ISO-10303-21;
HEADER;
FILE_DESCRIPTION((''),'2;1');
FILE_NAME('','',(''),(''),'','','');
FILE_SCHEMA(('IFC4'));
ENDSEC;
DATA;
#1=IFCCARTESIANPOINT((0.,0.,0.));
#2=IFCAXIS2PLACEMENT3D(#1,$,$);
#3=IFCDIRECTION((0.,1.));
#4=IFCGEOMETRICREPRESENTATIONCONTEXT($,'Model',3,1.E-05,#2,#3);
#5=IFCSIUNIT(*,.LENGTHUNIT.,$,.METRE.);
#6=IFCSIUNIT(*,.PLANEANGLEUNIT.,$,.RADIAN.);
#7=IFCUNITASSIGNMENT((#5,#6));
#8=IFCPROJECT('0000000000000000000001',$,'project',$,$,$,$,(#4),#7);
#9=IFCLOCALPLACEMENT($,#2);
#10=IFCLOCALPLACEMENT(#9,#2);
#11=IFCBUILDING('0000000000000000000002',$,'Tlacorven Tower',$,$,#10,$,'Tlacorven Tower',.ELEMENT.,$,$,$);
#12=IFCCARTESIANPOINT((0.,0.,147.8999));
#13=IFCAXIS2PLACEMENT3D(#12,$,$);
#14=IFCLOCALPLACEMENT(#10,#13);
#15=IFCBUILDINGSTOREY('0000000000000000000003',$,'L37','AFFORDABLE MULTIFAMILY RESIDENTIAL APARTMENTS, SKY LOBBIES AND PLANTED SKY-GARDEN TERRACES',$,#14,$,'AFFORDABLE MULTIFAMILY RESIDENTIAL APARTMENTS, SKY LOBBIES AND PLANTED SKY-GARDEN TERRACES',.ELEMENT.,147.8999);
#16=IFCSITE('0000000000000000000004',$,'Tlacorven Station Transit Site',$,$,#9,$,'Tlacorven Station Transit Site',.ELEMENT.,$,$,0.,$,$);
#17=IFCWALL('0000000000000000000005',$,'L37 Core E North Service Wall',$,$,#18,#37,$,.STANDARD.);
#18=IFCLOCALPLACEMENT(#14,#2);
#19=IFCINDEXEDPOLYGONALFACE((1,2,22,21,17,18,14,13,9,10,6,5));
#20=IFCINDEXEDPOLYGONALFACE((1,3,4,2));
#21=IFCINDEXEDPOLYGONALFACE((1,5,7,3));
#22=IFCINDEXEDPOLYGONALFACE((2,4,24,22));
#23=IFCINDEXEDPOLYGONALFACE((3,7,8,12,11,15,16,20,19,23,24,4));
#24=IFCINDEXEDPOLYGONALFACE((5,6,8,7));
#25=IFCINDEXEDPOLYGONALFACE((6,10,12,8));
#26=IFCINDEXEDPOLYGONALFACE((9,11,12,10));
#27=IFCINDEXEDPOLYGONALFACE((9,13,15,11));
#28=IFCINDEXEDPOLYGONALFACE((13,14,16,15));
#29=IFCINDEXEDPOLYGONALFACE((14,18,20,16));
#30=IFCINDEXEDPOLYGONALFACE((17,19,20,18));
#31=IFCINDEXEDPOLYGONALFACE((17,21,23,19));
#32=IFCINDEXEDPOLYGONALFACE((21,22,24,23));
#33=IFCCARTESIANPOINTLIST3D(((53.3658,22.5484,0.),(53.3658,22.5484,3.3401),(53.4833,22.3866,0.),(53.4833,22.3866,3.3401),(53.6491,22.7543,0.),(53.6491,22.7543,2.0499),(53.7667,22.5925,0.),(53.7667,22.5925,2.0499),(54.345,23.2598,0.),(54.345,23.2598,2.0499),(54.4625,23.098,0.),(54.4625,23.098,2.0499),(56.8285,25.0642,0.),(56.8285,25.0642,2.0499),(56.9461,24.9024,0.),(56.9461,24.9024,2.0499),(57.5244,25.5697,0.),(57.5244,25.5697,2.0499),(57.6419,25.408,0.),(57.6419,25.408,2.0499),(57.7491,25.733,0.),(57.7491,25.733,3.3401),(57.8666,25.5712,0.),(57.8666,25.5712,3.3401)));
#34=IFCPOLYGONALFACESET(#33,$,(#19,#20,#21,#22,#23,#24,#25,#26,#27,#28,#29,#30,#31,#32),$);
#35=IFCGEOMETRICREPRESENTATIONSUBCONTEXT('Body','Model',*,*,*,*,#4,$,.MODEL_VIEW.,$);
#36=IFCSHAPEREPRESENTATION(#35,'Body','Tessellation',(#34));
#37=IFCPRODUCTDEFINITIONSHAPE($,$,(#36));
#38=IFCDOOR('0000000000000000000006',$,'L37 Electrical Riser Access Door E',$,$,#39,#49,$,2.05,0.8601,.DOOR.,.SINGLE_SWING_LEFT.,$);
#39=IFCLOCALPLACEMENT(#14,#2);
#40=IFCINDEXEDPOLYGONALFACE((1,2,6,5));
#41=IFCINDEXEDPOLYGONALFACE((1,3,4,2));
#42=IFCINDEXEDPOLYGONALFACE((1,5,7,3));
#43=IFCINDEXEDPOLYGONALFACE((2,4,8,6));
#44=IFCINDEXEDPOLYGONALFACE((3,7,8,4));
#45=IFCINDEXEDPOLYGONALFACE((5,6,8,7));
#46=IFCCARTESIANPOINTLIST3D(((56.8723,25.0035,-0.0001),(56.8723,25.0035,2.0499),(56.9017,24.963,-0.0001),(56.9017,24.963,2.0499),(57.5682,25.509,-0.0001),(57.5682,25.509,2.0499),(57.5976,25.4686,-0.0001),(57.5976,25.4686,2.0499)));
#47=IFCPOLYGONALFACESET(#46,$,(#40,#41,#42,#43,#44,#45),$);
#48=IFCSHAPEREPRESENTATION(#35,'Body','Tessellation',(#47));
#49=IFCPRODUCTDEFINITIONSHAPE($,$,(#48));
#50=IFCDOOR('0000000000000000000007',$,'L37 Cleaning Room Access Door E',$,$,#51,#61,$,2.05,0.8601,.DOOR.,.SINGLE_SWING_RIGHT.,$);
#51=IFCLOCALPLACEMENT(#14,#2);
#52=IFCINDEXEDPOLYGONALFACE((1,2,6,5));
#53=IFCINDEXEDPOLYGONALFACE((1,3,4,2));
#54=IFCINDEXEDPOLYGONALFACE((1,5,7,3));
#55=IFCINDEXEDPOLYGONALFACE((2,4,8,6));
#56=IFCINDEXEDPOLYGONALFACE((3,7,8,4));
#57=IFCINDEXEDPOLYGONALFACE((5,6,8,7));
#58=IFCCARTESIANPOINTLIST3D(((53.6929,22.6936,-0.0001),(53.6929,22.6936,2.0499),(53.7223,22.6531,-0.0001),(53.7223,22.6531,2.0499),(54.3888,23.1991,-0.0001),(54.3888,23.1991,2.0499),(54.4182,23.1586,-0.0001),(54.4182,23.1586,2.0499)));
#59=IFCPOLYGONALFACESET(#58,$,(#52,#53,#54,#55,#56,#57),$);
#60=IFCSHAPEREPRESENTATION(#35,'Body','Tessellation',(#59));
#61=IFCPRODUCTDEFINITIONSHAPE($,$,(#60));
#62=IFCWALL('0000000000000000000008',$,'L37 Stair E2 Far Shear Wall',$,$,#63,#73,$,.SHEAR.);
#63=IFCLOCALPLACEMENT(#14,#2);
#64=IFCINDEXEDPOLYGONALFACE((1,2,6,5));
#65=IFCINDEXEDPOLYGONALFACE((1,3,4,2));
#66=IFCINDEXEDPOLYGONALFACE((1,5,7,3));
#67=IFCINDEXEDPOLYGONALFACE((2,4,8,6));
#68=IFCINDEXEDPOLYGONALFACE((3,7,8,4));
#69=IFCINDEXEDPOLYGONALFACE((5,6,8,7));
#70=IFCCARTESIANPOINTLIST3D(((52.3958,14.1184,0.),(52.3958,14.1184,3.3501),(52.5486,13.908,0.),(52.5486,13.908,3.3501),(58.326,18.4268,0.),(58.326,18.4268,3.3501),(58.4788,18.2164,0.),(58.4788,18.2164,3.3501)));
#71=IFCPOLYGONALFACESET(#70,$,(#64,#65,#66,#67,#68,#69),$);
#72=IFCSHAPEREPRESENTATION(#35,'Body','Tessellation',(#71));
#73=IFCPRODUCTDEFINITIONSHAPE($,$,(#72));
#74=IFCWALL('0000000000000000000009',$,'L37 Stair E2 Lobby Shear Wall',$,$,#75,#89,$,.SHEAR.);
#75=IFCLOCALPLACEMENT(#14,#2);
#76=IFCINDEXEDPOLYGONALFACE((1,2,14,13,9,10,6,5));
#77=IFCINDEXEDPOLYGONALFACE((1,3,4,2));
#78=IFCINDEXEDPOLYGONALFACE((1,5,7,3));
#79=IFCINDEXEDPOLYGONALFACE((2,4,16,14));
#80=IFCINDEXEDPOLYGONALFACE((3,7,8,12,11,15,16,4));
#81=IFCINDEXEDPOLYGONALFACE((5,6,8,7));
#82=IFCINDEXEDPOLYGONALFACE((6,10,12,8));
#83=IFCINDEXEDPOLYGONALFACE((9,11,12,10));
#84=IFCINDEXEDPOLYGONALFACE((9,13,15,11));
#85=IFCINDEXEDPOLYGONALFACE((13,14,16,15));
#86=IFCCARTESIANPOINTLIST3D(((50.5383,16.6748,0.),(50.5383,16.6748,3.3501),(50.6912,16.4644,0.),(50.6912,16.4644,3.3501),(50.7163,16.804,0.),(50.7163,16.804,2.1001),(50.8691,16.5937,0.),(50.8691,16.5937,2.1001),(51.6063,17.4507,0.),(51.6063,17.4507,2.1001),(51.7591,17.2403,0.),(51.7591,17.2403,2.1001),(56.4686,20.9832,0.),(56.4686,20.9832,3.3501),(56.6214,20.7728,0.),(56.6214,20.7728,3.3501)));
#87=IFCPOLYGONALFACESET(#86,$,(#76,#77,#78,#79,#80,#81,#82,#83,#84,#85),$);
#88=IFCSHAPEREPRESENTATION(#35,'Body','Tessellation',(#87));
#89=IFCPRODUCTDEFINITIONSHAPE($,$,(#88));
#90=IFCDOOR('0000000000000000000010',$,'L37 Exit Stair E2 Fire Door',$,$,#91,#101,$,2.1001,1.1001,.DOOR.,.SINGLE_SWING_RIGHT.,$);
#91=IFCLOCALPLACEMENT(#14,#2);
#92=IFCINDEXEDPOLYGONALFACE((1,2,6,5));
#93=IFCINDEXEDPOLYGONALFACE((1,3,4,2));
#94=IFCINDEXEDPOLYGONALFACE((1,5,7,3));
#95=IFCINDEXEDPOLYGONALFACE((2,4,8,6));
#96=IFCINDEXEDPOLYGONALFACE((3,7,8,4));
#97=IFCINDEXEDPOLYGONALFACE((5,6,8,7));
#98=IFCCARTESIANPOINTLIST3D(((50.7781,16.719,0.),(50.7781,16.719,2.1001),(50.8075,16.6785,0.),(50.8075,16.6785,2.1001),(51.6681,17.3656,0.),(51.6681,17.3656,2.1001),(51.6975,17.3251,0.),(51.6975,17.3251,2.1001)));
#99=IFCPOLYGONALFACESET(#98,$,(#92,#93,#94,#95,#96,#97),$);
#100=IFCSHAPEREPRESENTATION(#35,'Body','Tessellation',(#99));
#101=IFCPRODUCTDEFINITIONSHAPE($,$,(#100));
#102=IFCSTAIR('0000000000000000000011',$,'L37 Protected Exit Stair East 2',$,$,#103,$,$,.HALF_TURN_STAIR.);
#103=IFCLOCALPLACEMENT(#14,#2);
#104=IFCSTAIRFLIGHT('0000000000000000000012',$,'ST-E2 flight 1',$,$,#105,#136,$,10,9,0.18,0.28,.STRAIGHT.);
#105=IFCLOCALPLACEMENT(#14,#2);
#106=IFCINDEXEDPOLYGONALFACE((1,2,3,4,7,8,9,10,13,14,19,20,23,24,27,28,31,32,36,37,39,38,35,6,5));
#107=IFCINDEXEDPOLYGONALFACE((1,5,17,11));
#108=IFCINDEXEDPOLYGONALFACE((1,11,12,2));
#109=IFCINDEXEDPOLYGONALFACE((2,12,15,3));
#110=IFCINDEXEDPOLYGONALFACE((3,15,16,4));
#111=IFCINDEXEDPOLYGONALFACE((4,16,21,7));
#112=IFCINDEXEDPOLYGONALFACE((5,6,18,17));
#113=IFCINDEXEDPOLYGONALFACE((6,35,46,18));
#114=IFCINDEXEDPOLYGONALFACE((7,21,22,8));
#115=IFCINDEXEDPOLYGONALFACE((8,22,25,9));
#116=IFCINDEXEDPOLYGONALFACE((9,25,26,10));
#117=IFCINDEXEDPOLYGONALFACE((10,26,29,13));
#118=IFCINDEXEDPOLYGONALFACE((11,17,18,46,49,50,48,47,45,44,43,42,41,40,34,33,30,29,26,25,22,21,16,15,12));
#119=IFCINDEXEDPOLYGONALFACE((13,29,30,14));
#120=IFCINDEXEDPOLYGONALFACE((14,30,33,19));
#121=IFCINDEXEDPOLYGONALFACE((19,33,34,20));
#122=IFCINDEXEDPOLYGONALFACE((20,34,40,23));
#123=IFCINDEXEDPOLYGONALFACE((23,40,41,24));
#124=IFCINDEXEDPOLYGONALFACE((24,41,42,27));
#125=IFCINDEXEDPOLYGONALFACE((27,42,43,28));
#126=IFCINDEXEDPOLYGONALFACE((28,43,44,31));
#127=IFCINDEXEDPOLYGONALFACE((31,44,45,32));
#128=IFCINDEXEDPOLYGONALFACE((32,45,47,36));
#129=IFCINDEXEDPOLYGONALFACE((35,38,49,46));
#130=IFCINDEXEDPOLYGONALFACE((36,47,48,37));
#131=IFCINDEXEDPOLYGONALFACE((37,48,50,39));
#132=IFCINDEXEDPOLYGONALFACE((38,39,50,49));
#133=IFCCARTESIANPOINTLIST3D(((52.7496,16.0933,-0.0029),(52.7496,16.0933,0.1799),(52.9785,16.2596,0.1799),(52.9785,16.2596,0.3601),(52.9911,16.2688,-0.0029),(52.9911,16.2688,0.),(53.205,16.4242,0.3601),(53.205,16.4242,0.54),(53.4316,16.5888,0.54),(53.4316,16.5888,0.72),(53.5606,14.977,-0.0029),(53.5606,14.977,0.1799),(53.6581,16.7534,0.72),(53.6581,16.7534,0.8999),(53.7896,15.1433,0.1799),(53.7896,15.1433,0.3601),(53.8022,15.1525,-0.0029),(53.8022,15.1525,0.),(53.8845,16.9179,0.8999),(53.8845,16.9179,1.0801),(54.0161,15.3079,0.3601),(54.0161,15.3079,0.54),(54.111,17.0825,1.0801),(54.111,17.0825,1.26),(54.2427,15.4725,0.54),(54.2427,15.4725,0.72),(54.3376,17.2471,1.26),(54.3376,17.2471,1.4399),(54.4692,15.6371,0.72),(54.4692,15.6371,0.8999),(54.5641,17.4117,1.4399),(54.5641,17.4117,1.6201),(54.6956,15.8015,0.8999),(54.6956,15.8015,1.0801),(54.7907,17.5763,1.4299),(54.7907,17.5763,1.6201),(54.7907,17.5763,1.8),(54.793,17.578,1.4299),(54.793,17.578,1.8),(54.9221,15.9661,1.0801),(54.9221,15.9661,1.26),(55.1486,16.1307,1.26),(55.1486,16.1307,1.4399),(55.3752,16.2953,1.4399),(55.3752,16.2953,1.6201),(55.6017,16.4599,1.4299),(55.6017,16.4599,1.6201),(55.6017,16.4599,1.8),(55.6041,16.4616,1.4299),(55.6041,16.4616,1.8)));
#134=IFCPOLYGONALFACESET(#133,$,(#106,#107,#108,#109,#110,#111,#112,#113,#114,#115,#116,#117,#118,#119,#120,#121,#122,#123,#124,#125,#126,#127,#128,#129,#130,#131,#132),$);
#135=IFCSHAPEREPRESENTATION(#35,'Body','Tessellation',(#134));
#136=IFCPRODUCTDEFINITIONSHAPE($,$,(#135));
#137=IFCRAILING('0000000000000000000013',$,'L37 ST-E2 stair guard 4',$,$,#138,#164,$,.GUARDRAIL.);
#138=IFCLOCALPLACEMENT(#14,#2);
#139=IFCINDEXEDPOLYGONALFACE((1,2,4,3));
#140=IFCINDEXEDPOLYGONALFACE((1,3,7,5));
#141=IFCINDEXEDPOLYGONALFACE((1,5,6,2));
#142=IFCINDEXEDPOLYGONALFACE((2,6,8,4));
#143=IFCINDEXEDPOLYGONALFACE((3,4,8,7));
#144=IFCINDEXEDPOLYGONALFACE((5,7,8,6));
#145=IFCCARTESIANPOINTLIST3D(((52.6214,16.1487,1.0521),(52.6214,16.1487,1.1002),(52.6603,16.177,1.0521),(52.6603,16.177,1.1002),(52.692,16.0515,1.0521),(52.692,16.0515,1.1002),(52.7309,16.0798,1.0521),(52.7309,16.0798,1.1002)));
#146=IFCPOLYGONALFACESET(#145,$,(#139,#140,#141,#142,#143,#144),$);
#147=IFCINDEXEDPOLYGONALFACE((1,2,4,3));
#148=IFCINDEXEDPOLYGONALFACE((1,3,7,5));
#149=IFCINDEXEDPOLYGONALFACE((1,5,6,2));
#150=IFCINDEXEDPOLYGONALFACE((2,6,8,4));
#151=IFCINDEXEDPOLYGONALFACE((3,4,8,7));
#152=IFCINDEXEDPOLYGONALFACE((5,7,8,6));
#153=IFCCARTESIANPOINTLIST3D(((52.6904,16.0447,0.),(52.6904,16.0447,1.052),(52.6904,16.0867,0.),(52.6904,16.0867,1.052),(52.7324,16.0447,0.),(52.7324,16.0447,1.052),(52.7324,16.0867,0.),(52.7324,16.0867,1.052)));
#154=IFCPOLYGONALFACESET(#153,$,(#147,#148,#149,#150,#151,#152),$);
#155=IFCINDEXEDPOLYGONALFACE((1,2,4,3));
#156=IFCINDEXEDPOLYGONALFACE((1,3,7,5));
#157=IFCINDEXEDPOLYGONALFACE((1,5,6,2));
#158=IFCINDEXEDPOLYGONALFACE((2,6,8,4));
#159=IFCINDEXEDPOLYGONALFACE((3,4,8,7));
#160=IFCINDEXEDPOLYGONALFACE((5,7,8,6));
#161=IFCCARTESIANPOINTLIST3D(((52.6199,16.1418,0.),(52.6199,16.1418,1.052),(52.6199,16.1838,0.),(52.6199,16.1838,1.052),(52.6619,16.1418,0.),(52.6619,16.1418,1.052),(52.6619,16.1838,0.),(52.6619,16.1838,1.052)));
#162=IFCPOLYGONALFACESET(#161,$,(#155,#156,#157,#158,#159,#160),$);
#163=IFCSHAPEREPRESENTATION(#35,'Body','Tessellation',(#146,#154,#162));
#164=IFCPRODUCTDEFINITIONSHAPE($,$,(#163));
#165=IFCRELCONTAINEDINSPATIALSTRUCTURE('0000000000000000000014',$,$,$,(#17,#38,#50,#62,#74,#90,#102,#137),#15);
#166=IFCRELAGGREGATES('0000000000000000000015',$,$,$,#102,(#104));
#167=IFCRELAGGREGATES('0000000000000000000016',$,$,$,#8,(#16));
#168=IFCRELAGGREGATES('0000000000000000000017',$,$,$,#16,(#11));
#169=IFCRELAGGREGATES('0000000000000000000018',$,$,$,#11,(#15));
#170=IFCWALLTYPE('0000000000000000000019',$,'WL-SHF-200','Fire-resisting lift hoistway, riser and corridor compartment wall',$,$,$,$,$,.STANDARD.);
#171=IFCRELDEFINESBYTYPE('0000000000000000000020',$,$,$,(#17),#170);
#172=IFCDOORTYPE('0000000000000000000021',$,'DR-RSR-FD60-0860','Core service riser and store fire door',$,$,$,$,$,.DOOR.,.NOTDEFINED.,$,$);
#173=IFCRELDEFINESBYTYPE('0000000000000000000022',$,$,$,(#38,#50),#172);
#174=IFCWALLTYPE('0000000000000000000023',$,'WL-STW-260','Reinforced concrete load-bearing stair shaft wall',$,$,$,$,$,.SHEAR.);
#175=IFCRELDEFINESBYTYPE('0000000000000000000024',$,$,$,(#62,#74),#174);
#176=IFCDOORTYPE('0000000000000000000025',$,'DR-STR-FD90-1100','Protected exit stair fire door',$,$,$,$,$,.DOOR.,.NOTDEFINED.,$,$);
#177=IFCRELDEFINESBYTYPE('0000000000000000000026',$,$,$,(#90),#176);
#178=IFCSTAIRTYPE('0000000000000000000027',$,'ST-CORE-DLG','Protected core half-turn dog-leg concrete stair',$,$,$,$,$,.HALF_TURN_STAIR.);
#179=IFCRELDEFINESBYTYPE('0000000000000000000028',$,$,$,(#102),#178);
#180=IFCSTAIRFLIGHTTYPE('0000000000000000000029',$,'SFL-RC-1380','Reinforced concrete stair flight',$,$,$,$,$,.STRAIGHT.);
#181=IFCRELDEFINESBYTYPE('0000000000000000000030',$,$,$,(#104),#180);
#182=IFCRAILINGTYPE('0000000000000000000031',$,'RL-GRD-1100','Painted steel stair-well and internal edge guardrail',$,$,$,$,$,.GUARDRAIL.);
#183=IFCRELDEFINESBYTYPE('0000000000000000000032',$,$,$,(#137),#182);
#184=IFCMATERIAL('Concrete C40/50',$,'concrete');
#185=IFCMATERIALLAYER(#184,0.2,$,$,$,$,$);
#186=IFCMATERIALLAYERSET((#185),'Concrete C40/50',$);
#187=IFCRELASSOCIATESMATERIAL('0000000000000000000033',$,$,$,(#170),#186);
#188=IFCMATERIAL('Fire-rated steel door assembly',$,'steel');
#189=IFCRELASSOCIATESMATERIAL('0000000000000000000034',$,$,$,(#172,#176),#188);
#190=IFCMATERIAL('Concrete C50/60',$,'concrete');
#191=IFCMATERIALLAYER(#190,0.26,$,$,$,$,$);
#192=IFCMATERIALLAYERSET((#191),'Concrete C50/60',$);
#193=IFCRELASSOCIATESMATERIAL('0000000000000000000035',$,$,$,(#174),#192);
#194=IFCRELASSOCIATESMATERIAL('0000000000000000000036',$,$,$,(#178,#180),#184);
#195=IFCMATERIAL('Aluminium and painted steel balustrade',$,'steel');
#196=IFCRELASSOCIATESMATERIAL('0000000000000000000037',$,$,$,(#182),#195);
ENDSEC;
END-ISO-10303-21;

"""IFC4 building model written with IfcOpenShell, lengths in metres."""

from ifc_helpers import new_model, si_unit, direction, frame, frame_2d, origin, origin_2d, place, context, subcontext, project, spatial, polyline, rectangle, outline, extrude, source, transform, mapped, material, layer, layer_set, type_object, element, fill, aggregate, save


model = new_model("IFC4")

# Units and contexts
model_context = context("Model", 3, precision=1e-05, world=origin(), true_north=direction((0.0, 1.0)))
body_context = subcontext(model_context, "Body", "Model", "MODEL_VIEW")
ifc_project = project(units=[si_unit("LENGTHUNIT", "METRE"), si_unit("PLANEANGLEUNIT", "RADIAN")], contexts=[model_context])

# Site, building, storey
site_placement = place(None, origin())
site = spatial("IfcSite", under=ifc_project, at=site_placement, Name="Tlacorven Station Transit Site", LongName="Tlacorven Station Transit Site", CompositionType="ELEMENT", RefElevation=0.0)
building_placement = place(site_placement, origin())
building = spatial("IfcBuilding", under=site, at=building_placement, Name="Tlacorven Tower", LongName="Tlacorven Tower", CompositionType="ELEMENT")
storey_placement = place(building_placement, frame((0.0, 0.0, 147.8999)))
storey = spatial("IfcBuildingStorey", under=building, at=storey_placement, Name="L37", Description="AFFORDABLE MULTIFAMILY RESIDENTIAL APARTMENTS, SKY LOBBIES AND PLANTED SKY-GARDEN TERRACES", LongName="AFFORDABLE MULTIFAMILY RESIDENTIAL APARTMENTS, SKY LOBBIES AND PLANTED SKY-GARDEN TERRACES", CompositionType="ELEMENT", Elevation=147.8999)

# Shared definitions
ifc_material_1 = material(Name="Fire-rated steel door assembly", Category="steel")

# Shared definitions
ifc_material_2 = material(Name="Concrete C40/50", Category="concrete")
ifc_layer_1 = layer(ifc_material_2, 0.2)
ifc_layer_set_1 = layer_set([ifc_layer_1], Name="Concrete C40/50")
wall_type_1 = type_object("IfcWallType", Name="WL-SHF-200", Description="Fire-resisting lift hoistway, riser and corridor compartment wall", PredefinedType="STANDARD", material=ifc_layer_set_1)

# Wall, openings, doors
wall_1_placement = place(storey_placement, frame((53.4246, 22.4675, 0.0), z_axis=(0.0, 0.0, 1.0), x_axis=(0.809024, 0.587775, 0.0)))
wall_1 = element("IfcWall", 1, at=wall_1_placement, inside=storey, type_object=wall_type_1, Name="L37 Core E North Service Wall", PredefinedType="STANDARD", context=body_context, shape_type="SweptSolid", body=[
    extrude(rectangle(XDim=5.418, YDim=0.2, at=frame_2d((2.709, 0.0))), origin(), (0.0, 0.0, 1.0), 3.3401),
])
opening_1_placement = place(wall_1_placement, frame((4.28, 0.0, 0.0)))
opening_1 = element("IfcOpeningElement", 2, at=opening_1_placement, cuts=wall_1, PredefinedType="OPENING", context=body_context, shape_type="SweptSolid", body=[
    extrude(rectangle(XDim=0.8601, YDim=2.05, at=frame_2d((0.4302, 1.0249))), frame((0.0, 0.1099, 0.0), z_axis=(0.0, -1.0, 0.0), x_axis=(1.0, 0.0, 0.0)), (0.0, 0.0, 1.0), 0.22),
])
opening_2_placement = place(wall_1_placement, frame((0.3501, 0.0, 0.0)))
opening_2 = element("IfcOpeningElement", 3, at=opening_2_placement, cuts=wall_1, PredefinedType="OPENING", context=body_context, shape_type="SweptSolid", body=[
    extrude(rectangle(XDim=0.8601, YDim=2.05, at=frame_2d((0.4302, 1.0249))), frame((0.0, 0.1099, 0.0), z_axis=(0.0, -1.0, 0.0), x_axis=(1.0, 0.0, 0.0)), (0.0, 0.0, 1.0), 0.22),
])
door_type_1 = type_object("IfcDoorType", Name="DR-RSR-FD60-0860", Description="Core service riser and store fire door", OperationType="NOTDEFINED", PredefinedType="DOOR", material=ifc_material_1)
shared_shape_1 = source(origin(), body_context, "Body", "SweptSolid", [
    extrude(rectangle(XDim=0.8601, YDim=2.05, at=frame_2d((0.4302, 1.0249))), frame((0.0, 0.0249, 0.0), z_axis=(0.0, -1.0, 0.0), x_axis=(1.0, 0.0, 0.0)), (0.0, 0.0, 1.0), 0.05),
])
door_1_placement = place(opening_1_placement, frame((0.8601, 0.0, 0.0), z_axis=(0.0, 0.0, 1.0), x_axis=(-1.0, 0.0, 0.0)))
door_1 = element("IfcDoor", 4, at=door_1_placement, inside=storey, type_object=door_type_1, Name="L37 Electrical Riser Access Door E", OperationType="SINGLE_SWING_LEFT", OverallHeight=2.05, OverallWidth=0.8601, PredefinedType="DOOR", context=body_context, shape_type="MappedRepresentation", body=[
    mapped(shared_shape_1, transform((0.0, 0.0, 0.0), scale=1.0)),
])
fill(opening_1, door_1)
door_2_placement = place(opening_2_placement, frame((0.8601, 0.0, 0.0), z_axis=(0.0, 0.0, 1.0), x_axis=(-1.0, 0.0, 0.0)))
door_2 = element("IfcDoor", 5, at=door_2_placement, inside=storey, type_object=door_type_1, Name="L37 Cleaning Room Access Door E", OperationType="SINGLE_SWING_RIGHT", OverallHeight=2.05, OverallWidth=0.8601, PredefinedType="DOOR", context=body_context, shape_type="MappedRepresentation", body=[
    mapped(shared_shape_1, transform((0.0, 0.0, 0.0), scale=1.0)),
])
fill(opening_2, door_2)

# Wall
ifc_material_3 = material(Name="Concrete C50/60", Category="concrete")
ifc_layer_2 = layer(ifc_material_3, 0.26)
ifc_layer_set_2 = layer_set([ifc_layer_2], Name="Concrete C50/60")
wall_type_2 = type_object("IfcWallType", Name="WL-STW-260", Description="Reinforced concrete load-bearing stair shaft wall", PredefinedType="SHEAR", material=ifc_layer_set_2)
wall_2_placement = place(storey_placement, frame((52.4722, 14.0132, 0.0), z_axis=(0.0, 0.0, 1.0), x_axis=(0.809028, 0.58777, 0.0)))
element("IfcWall", 6, at=wall_2_placement, inside=storey, type_object=wall_type_2, Name="L37 Stair E2 Far Shear Wall", PredefinedType="SHEAR", context=body_context, shape_type="SweptSolid", body=[
    extrude(rectangle(XDim=7.3301, YDim=0.26, at=frame_2d((3.665, 0.0))), origin(), (0.0, 0.0, 1.0), 3.3501),
])

# Wall, opening, door
wall_3_placement = place(storey_placement, frame((50.6147, 16.5696, 0.0), z_axis=(0.0, 0.0, 1.0), x_axis=(0.809028, 0.58777, 0.0)))
wall_3 = element("IfcWall", 7, at=wall_3_placement, inside=storey, type_object=wall_type_2, Name="L37 Stair E2 Lobby Shear Wall", PredefinedType="SHEAR", context=body_context, shape_type="SweptSolid", body=[
    extrude(rectangle(XDim=7.3301, YDim=0.26, at=frame_2d((3.665, 0.0))), origin(), (0.0, 0.0, 1.0), 3.3501),
])
opening_3_placement = place(wall_3_placement, frame((0.22, 0.0, 0.0)))
opening_3 = element("IfcOpeningElement", 8, at=opening_3_placement, cuts=wall_3, PredefinedType="OPENING", context=body_context, shape_type="SweptSolid", body=[
    extrude(rectangle(XDim=1.1001, YDim=2.1001, at=frame_2d((0.55, 1.05))), frame((0.0, 0.1401, 0.0), z_axis=(0.0, -1.0, 0.0), x_axis=(1.0, 0.0, 0.0)), (0.0, 0.0, 1.0), 0.28),
])
door_type_2 = type_object("IfcDoorType", Name="DR-STR-FD90-1100", Description="Protected exit stair fire door", OperationType="NOTDEFINED", PredefinedType="DOOR", material=ifc_material_1)
shared_shape_2 = source(origin(), body_context, "Body", "SweptSolid", [
    extrude(rectangle(XDim=1.1001, YDim=2.1001, at=frame_2d((0.55, 1.05))), frame((0.0, 0.0249, 0.0), z_axis=(0.0, -1.0, 0.0), x_axis=(1.0, 0.0, 0.0)), (0.0, 0.0, 1.0), 0.05),
])
door_3_placement = place(opening_3_placement, origin())
door_3 = element("IfcDoor", 9, at=door_3_placement, inside=storey, type_object=door_type_2, Name="L37 Exit Stair E2 Fire Door", OperationType="SINGLE_SWING_RIGHT", OverallHeight=2.1001, OverallWidth=1.1001, PredefinedType="DOOR", context=body_context, shape_type="MappedRepresentation", body=[
    mapped(shared_shape_2, transform((0.0, 0.0, 0.0), scale=1.0)),
])
fill(opening_3, door_3)

# Stair, stair flight
stair_type = type_object("IfcStairType", Name="ST-CORE-DLG", Description="Protected core half-turn dog-leg concrete stair", PredefinedType="HALF_TURN_STAIR", material=ifc_material_2)
stair_placement = place(storey_placement, origin())
stair = element("IfcStair", 10, at=stair_placement, inside=storey, type_object=stair_type, Name="L37 Protected Exit Stair East 2", PredefinedType="HALF_TURN_STAIR")
stair_flight_type = type_object("IfcStairFlightType", Name="SFL-RC-1380", Description="Reinforced concrete stair flight", PredefinedType="STRAIGHT", material=ifc_material_2)
shared_shape_3 = source(origin(), body_context, "Body", "SweptSolid", [
    extrude(outline(polyline([(-0.0029, -0.0029), (-0.0029, 0.1799), (0.28, 0.1799), (0.28, 0.3601), (0.5601, 0.3601), (0.5601, 0.54), (0.8401, 0.54), (0.8401, 0.72), (1.1201, 0.72), (1.1201, 0.8999), (1.3999, 0.8999), (1.3999, 1.0801), (1.6799, 1.0801), (1.6799, 1.26), (1.96, 1.26), (1.96, 1.4399), (2.24, 1.4399), (2.24, 1.6201), (2.52, 1.6201), (2.52, 1.8), (2.5229, 1.8), (2.5229, 1.4299), (2.52, 1.4299), (0.2957, 0.0), (0.2957, -0.0029), (-0.0029, -0.0029)])), frame((0.0, 0.6899, 0.0), z_axis=(0.0, -1.0, 0.0), x_axis=(1.0, 0.0, 0.0)), (0.0, 0.0, 1.0), 1.3799),
])
stair_flight_placement = place(storey_placement, frame((53.1575, 15.5369, 0.0), z_axis=(0.0, 0.0, 1.0), x_axis=(0.809017, 0.587785, 0.0)))
stair_flight = element("IfcStairFlight", 11, at=stair_flight_placement, type_object=stair_flight_type, Name="ST-E2 flight 1", NumberOfRisers=10, NumberOfTreads=9, PredefinedType="STRAIGHT", RiserHeight=0.18, TreadLength=0.28, context=body_context, shape_type="MappedRepresentation", body=[
    mapped(shared_shape_3, transform((0.0, 0.0, 0.0), scale=1.0)),
])
aggregate(stair, [stair_flight])

# Railing
ifc_material_4 = material(Name="Aluminium and painted steel balustrade", Category="steel")
railing_type_1 = type_object("IfcRailingType", Name="RL-GRD-1100", Description="Painted steel stair-well and internal edge guardrail", PredefinedType="GUARDRAIL", material=ifc_material_4)
shared_shape_4 = source(origin(), body_context, "Body", "SweptSolid", [
    extrude(rectangle(XDim=0.0481, YDim=0.0481, at=origin_2d()), frame((0.0, 0.0, 1.0762), z_axis=(-0.587567, 0.809175, 0.0), x_axis=(-0.809175, -0.587567, 0.0)), (0.0, 0.0, 1.0), 0.1201),
    extrude(rectangle(XDim=0.042, YDim=0.042, at=origin_2d()), origin(), (0.0, 0.0, 1.0), 1.052),
    extrude(rectangle(XDim=0.042, YDim=0.042, at=origin_2d()), frame((-0.0706, 0.0972, 0.0)), (0.0, 0.0, 1.0), 1.052),
])
railing_1_placement = place(storey_placement, frame((52.7114, 16.0657, 0.0)))
element("IfcRailing", 12, at=railing_1_placement, inside=storey, type_object=railing_type_1, Name="L37 ST-E2 stair guard 4", PredefinedType="GUARDRAIL", context=body_context, shape_type="MappedRepresentation", body=[
    mapped(shared_shape_4, transform((0.0, 0.0, 0.0), scale=1.0)),
])

save(model, "model.ifc")
